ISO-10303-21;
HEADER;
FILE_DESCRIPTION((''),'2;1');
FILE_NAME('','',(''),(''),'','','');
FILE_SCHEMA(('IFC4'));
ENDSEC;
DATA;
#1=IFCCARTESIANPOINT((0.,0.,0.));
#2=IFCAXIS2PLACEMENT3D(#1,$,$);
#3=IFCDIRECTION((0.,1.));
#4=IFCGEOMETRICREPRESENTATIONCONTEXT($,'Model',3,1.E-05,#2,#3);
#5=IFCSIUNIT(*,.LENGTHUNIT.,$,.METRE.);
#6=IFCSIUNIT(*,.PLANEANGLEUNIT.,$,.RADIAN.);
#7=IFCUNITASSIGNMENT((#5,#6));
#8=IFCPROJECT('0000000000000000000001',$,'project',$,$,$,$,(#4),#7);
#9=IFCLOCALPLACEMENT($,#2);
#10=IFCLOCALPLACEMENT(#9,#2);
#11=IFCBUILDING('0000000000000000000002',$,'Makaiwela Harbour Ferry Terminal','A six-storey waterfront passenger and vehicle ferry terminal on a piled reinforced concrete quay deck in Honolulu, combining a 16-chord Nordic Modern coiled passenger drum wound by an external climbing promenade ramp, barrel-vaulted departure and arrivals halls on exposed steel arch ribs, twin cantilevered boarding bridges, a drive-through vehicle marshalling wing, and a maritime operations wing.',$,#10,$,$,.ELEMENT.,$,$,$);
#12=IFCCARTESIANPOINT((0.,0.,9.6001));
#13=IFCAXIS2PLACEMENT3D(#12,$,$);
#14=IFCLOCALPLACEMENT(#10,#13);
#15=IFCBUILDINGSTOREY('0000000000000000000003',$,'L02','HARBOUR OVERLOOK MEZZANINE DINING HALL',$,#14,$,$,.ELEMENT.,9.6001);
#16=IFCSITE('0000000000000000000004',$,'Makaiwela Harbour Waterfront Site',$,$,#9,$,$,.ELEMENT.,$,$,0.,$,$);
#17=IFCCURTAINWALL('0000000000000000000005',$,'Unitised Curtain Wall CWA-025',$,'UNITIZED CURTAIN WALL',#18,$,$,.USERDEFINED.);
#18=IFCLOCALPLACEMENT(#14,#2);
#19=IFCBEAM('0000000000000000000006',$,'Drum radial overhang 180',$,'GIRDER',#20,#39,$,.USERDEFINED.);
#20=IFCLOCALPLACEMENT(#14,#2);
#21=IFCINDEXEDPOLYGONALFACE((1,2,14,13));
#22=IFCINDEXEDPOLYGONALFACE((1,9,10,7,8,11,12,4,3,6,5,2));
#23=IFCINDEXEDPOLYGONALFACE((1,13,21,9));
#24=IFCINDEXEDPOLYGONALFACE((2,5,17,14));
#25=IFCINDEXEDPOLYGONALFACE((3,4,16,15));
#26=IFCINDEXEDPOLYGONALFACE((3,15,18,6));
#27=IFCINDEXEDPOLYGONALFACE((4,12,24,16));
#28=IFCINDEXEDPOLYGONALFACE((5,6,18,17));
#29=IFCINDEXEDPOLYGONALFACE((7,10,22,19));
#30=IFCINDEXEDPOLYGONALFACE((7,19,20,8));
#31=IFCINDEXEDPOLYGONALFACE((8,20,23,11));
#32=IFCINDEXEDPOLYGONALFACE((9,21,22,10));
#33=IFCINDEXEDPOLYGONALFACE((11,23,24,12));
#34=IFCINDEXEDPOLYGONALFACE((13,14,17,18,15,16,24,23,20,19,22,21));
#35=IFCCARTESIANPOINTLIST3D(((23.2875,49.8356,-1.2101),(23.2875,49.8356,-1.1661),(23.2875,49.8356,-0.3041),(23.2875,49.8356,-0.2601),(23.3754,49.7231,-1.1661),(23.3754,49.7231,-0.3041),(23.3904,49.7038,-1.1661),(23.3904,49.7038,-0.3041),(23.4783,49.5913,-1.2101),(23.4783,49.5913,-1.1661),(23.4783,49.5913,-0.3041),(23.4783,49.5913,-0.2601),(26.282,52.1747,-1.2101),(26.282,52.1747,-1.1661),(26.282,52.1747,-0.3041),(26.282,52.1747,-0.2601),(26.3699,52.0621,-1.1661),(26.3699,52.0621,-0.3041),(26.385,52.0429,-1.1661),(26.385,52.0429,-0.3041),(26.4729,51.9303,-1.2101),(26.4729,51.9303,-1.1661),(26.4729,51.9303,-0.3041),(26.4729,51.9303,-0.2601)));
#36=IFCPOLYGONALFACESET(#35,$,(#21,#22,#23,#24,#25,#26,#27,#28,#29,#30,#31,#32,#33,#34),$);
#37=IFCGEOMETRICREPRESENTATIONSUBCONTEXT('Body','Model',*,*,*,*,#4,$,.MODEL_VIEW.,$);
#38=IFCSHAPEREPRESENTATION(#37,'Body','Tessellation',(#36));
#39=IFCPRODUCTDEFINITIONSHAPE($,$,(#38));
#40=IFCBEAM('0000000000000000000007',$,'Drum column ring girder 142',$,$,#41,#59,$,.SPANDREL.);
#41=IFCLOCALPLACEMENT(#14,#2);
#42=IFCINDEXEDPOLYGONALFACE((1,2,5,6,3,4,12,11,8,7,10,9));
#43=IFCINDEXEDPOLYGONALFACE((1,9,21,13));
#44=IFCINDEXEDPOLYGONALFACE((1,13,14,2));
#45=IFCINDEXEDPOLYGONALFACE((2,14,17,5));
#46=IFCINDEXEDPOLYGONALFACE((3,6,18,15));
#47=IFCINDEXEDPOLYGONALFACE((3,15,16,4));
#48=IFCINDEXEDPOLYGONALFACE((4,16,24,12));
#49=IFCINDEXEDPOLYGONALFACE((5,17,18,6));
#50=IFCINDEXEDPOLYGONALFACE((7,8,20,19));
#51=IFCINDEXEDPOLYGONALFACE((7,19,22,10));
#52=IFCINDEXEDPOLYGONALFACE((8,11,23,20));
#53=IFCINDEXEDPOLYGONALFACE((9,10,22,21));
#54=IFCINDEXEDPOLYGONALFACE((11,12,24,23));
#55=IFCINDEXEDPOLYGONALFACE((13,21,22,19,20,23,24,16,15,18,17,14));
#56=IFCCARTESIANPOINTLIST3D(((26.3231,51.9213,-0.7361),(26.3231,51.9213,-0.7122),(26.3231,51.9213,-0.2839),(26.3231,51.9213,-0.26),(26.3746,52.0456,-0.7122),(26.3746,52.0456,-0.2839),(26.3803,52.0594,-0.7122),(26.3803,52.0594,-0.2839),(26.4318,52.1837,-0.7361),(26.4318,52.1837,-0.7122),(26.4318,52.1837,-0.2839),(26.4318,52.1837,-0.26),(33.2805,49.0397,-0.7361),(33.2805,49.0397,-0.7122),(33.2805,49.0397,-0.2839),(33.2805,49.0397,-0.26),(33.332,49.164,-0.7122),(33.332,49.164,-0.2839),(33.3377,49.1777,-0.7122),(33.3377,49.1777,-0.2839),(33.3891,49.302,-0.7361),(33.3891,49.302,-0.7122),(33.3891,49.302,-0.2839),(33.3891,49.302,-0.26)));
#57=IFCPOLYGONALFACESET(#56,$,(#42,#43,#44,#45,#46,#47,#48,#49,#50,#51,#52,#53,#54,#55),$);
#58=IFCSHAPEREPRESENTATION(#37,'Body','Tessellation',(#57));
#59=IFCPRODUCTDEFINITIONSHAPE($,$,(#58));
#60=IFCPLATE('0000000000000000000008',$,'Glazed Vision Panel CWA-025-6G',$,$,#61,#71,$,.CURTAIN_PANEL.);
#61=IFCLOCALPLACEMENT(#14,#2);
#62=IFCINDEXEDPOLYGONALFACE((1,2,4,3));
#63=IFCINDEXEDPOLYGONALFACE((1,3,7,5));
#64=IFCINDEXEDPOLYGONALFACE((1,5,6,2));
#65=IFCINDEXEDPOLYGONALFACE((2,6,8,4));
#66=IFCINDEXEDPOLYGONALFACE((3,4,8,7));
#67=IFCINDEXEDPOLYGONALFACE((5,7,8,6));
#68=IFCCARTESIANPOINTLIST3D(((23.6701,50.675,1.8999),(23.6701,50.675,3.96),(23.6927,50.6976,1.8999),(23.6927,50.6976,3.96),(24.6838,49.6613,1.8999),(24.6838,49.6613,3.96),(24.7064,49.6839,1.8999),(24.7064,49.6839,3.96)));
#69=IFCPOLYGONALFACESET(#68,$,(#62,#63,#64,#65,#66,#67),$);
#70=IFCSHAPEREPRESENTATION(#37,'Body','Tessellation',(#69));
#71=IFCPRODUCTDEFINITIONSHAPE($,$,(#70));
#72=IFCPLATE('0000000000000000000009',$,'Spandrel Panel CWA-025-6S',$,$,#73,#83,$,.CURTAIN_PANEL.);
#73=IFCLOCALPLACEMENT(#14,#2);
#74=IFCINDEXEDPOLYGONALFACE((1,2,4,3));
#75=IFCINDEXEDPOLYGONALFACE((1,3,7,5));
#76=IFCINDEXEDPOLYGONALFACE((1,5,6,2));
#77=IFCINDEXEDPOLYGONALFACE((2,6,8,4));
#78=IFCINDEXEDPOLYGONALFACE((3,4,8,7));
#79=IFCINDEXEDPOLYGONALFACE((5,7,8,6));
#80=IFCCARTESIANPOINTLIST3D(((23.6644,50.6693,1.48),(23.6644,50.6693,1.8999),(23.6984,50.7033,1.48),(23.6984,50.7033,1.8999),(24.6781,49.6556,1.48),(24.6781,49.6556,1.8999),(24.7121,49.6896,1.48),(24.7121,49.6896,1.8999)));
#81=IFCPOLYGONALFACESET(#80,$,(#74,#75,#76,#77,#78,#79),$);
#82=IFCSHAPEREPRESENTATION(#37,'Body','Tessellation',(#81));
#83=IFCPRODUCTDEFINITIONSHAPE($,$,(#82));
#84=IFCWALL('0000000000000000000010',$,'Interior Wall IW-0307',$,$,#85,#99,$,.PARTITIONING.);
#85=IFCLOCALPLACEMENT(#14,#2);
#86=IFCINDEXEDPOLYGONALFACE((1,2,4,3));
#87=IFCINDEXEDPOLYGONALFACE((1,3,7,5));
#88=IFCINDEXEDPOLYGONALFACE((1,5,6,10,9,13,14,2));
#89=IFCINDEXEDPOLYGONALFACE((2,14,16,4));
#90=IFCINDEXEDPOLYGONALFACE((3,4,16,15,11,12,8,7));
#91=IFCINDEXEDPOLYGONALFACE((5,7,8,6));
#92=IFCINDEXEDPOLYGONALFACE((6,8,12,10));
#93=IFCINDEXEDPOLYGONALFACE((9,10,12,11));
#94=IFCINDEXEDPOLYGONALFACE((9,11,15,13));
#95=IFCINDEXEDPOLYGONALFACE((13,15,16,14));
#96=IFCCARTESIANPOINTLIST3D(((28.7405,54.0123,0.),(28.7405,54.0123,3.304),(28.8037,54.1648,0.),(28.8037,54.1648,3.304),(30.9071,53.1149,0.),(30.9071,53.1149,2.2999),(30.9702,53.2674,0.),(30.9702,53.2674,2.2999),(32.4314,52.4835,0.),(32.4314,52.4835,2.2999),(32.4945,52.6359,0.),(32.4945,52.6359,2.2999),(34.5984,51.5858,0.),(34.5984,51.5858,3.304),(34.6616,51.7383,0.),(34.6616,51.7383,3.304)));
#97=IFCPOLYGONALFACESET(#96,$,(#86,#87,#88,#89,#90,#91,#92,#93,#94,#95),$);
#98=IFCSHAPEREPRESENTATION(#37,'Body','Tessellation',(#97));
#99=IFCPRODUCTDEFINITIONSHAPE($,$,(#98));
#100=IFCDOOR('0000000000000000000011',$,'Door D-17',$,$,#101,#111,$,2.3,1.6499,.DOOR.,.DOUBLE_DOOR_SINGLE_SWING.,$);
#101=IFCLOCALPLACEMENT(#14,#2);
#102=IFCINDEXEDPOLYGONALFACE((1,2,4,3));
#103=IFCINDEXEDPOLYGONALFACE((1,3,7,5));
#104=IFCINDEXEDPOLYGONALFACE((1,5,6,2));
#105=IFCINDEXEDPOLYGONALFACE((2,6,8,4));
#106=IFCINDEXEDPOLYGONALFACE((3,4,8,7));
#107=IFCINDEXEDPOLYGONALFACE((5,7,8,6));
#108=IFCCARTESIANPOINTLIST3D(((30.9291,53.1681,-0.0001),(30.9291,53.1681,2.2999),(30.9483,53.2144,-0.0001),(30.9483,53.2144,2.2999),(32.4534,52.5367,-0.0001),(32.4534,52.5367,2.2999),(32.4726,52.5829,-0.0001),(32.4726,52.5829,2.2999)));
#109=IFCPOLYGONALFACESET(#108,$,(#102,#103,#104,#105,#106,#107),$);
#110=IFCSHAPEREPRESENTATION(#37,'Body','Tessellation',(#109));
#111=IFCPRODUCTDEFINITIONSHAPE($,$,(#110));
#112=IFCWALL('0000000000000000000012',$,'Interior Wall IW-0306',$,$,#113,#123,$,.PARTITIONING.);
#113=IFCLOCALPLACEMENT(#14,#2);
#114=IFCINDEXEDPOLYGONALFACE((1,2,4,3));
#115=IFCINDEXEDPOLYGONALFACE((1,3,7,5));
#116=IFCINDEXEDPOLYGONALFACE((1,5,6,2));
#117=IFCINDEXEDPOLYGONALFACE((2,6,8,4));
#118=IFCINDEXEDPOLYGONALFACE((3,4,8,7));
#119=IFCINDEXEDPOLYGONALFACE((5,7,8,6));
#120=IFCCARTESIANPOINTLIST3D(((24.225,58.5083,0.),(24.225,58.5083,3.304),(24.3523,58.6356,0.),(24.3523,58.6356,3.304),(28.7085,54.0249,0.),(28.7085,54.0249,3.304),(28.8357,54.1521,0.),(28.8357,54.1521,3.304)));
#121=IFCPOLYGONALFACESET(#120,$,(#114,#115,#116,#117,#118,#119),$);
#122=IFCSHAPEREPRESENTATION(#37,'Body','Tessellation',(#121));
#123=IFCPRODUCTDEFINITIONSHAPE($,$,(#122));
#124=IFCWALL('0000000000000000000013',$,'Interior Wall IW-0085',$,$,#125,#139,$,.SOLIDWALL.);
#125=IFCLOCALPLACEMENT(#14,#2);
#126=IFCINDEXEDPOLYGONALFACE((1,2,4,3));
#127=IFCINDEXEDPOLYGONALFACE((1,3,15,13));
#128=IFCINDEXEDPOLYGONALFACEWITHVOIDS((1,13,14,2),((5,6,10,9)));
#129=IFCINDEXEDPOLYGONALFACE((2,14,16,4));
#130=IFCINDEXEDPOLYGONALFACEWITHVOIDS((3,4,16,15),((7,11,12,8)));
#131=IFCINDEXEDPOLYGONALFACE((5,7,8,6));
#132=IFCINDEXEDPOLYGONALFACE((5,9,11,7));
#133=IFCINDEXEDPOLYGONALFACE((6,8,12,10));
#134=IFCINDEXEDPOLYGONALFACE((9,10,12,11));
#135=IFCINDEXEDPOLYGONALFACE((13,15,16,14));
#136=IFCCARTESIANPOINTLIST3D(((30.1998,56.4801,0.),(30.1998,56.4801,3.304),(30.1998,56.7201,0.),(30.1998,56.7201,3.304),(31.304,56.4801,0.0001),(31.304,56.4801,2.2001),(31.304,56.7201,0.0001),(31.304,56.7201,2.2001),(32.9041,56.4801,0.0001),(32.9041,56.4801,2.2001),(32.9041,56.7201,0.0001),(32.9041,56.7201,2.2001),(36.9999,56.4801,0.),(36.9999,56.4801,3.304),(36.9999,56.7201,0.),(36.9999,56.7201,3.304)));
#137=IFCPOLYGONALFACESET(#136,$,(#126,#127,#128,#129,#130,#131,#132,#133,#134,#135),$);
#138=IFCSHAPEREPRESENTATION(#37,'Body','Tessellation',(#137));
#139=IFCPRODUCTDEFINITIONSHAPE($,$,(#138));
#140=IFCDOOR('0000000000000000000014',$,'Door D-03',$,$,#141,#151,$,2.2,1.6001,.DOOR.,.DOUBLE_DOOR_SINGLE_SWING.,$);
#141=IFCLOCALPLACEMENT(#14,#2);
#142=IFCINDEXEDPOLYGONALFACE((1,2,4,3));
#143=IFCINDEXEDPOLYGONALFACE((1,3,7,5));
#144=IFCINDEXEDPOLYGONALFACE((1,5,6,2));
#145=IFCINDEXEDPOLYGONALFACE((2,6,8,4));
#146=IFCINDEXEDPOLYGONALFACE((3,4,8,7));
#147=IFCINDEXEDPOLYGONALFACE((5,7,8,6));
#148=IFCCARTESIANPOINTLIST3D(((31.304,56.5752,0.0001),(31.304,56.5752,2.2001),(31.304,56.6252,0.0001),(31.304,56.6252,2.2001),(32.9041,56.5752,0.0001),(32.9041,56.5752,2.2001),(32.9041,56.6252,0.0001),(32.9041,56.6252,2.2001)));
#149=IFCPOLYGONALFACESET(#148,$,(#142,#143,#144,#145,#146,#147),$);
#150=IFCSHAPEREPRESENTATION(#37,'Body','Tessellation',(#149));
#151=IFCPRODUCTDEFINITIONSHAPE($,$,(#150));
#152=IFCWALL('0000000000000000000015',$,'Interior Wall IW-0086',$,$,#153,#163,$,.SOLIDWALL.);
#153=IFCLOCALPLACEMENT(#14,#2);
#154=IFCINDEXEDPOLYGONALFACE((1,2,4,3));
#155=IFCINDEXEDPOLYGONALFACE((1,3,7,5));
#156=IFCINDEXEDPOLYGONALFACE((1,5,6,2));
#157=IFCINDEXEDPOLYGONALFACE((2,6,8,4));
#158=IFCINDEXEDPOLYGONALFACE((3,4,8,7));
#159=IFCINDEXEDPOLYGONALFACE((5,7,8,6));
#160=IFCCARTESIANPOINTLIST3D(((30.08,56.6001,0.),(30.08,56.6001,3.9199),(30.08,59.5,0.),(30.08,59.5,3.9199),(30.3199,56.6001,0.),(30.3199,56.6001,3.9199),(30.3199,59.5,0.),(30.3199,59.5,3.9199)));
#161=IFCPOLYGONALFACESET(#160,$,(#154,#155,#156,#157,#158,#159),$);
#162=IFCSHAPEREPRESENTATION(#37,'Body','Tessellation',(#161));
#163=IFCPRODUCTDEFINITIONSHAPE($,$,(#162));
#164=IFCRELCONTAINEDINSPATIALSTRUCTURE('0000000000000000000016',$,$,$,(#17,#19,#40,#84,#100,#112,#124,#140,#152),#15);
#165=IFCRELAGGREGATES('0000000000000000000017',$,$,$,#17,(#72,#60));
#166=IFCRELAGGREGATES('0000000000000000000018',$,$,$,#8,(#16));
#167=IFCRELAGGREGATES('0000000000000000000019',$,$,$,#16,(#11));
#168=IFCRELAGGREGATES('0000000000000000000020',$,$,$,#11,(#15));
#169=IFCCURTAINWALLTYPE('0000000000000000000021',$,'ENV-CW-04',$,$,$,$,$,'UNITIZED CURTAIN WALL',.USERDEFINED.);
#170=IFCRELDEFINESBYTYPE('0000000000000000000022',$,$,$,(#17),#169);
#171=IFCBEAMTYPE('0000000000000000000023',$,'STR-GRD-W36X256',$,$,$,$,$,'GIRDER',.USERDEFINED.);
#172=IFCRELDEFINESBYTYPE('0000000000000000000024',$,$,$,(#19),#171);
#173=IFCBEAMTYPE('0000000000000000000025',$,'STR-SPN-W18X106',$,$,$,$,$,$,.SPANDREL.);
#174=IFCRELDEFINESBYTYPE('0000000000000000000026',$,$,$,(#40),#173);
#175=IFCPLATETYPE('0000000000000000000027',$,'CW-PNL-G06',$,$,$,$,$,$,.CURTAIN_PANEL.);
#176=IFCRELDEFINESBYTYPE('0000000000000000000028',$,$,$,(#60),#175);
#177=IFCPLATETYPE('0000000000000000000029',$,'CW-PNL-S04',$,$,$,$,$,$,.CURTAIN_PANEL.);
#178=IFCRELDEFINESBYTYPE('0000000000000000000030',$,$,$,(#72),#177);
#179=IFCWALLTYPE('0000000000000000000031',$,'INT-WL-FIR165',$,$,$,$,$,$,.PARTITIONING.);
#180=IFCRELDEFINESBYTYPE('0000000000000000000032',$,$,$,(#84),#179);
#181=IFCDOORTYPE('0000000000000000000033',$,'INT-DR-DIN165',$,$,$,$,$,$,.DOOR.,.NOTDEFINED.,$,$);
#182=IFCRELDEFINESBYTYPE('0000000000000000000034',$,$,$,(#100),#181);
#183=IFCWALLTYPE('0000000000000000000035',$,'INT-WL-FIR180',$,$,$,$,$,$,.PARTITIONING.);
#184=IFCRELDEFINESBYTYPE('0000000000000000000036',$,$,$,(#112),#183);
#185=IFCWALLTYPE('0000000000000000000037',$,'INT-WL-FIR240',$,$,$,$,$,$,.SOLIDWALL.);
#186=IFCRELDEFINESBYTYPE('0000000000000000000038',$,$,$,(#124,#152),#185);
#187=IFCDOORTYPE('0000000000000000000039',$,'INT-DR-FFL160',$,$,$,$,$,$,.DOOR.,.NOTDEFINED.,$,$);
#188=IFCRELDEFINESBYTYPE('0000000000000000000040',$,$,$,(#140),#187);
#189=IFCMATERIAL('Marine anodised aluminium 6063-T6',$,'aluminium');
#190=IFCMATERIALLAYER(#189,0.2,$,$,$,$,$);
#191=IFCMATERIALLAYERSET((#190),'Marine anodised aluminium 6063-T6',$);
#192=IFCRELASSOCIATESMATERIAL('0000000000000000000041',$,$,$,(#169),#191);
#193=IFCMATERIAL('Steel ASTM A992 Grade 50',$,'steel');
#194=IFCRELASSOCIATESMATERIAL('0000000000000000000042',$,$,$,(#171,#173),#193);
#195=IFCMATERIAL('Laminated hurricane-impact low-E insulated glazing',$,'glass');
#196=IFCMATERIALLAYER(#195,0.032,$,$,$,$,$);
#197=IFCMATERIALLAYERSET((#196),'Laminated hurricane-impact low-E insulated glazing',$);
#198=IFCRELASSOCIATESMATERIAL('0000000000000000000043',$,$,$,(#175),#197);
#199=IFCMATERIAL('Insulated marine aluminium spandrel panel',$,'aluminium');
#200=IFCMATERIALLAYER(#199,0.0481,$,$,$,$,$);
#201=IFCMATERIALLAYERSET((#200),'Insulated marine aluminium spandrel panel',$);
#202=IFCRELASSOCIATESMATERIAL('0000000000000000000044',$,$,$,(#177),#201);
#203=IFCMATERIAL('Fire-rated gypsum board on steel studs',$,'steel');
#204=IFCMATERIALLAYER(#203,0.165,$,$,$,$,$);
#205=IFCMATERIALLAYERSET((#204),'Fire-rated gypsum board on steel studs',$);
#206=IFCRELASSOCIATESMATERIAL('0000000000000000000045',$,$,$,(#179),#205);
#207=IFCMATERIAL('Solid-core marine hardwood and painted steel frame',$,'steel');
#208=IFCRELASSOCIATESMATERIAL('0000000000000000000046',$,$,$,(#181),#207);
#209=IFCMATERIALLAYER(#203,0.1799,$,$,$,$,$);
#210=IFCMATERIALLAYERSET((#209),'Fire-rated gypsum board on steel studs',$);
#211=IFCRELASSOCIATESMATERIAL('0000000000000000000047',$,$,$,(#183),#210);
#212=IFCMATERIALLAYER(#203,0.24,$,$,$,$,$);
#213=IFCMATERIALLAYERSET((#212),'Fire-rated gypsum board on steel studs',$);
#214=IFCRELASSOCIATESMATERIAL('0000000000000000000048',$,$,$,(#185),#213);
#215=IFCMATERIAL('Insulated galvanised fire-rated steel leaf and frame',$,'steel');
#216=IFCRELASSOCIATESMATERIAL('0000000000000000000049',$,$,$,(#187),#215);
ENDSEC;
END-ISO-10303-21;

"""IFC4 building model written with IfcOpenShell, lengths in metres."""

from ifc_helpers import new_model, si_unit, direction, frame, frame_2d, origin, origin_2d, place, context, subcontext, project, spatial, rectangle, i_section, extrude, material, layer, layer_set, material_profile, profile_set, type_object, element, fill, aggregate, save


model = new_model("IFC4")

# Units and contexts
model_context = context("Model", 3, precision=1e-05, world=origin(), true_north=direction((0.0, 1.0)))
body_context = subcontext(model_context, "Body", "Model", "MODEL_VIEW")
ifc_project = project(units=[si_unit("LENGTHUNIT", "METRE"), si_unit("PLANEANGLEUNIT", "RADIAN")], contexts=[model_context])

# Site, building, storey
site_placement = place(None, origin())
site = spatial("IfcSite", under=ifc_project, at=site_placement, Name="Makaiwela Harbour Waterfront Site", CompositionType="ELEMENT", RefElevation=0.0)
building_placement = place(site_placement, origin())
building = spatial("IfcBuilding", under=site, at=building_placement, Name="Makaiwela Harbour Ferry Terminal", Description="A six-storey waterfront passenger and vehicle ferry terminal on a piled reinforced concrete quay deck in Honolulu, combining a 16-chord Nordic Modern coiled passenger drum wound by an external climbing promenade ramp, barrel-vaulted departure and arrivals halls on exposed steel arch ribs, twin cantilevered boarding bridges, a drive-through vehicle marshalling wing, and a maritime operations wing.", CompositionType="ELEMENT")
storey_placement = place(building_placement, frame((0.0, 0.0, 9.6001)))
storey = spatial("IfcBuildingStorey", under=building, at=storey_placement, Name="L02", Description="HARBOUR OVERLOOK MEZZANINE DINING HALL", CompositionType="ELEMENT", Elevation=9.6001)

# Shared definitions
ifc_material_1 = material(Name="Steel ASTM A992 Grade 50", Category="steel")

# Curtain wall
ifc_material_2 = material(Name="Marine anodised aluminium 6063-T6", Category="aluminium")
ifc_layer_1 = layer(ifc_material_2, 0.2)
ifc_layer_set_1 = layer_set([ifc_layer_1], Name="Marine anodised aluminium 6063-T6")
curtain_wall_type = type_object("IfcCurtainWallType", Name="ENV-CW-04", ElementType="UNITIZED CURTAIN WALL", PredefinedType="USERDEFINED", material=ifc_layer_set_1)
curtain_wall_1_placement = place(storey_placement, origin())
curtain_wall_1 = element("IfcCurtainWall", 1, at=curtain_wall_1_placement, inside=storey, type_object=curtain_wall_type, Name="Unitised Curtain Wall CWA-025", ObjectType="UNITIZED CURTAIN WALL", PredefinedType="USERDEFINED")

# Beams
ifc_material_profile_1 = material_profile(ifc_material_1, i_section(OverallWidth=0.3101, OverallDepth=0.95, WebThickness=0.0244, FlangeThickness=0.0439, at=origin_2d()), Name="W36X256")
ifc_profile_set_1 = profile_set([ifc_material_profile_1], Name="Steel ASTM A992 Grade 50")
beam_type_1 = type_object("IfcBeamType", Name="STR-GRD-W36X256", ElementType="GIRDER", PredefinedType="USERDEFINED", material=ifc_profile_set_1)
beam_1_placement = place(storey_placement, frame((26.3774, 52.0525, -0.7351), z_axis=(-0.788081, -0.615572, 0.0), x_axis=(0.615572, -0.788081, 0.0)))
element("IfcBeam", 2, at=beam_1_placement, inside=storey, type_object=beam_type_1, Name="Drum radial overhang 180", ObjectType="GIRDER", PredefinedType="USERDEFINED", context=body_context, shape_type="SweptSolid", body=[
    extrude(i_section(OverallWidth=0.3101, OverallDepth=0.95, WebThickness=0.0244, FlangeThickness=0.0439, at=origin_2d()), origin(), (0.0, 0.0, 1.0), 3.7998),
])
ifc_material_profile_2 = material_profile(ifc_material_1, i_section(OverallWidth=0.2839, OverallDepth=0.4761, WebThickness=0.0149, FlangeThickness=0.0239, at=origin_2d()), Name="W18X106")
ifc_profile_set_2 = profile_set([ifc_material_profile_2], Name="Steel ASTM A992 Grade 50")
beam_type_2 = type_object("IfcBeamType", Name="STR-SPN-W18X106", PredefinedType="SPANDREL", material=ifc_profile_set_2)
beam_2_placement = place(storey_placement, frame((26.3774, 52.0525, -0.498), z_axis=(0.923889, -0.38266, 0.0), x_axis=(0.38266, 0.923889, 0.0)))
element("IfcBeam", 3, at=beam_2_placement, inside=storey, type_object=beam_type_2, Name="Drum column ring girder 142", PredefinedType="SPANDREL", context=body_context, shape_type="SweptSolid", body=[
    extrude(i_section(OverallWidth=0.2839, OverallDepth=0.4761, WebThickness=0.0149, FlangeThickness=0.0239, at=origin_2d()), origin(), (0.0, 0.0, 1.0), 7.5305),
])

# Plates
ifc_material_3 = material(Name="Laminated hurricane-impact low-E insulated glazing", Category="glass")
ifc_layer_2 = layer(ifc_material_3, 0.032)
ifc_layer_set_2 = layer_set([ifc_layer_2], Name="Laminated hurricane-impact low-E insulated glazing")
plate_type_1 = type_object("IfcPlateType", Name="CW-PNL-G06", PredefinedType="CURTAIN_PANEL", material=ifc_layer_set_2)
plate_1_placement = place(storey_placement, frame((24.1882, 50.1794, 1.8999), z_axis=(0.0, 0.0, 1.0), x_axis=(0.707107, -0.707107, 0.0)))
plate_1 = element("IfcPlate", 4, at=plate_1_placement, type_object=plate_type_1, Name="Glazed Vision Panel CWA-025-6G", PredefinedType="CURTAIN_PANEL", context=body_context, shape_type="SweptSolid", body=[
    extrude(rectangle(XDim=1.4336, YDim=0.032, at=origin_2d()), origin(), (0.0, 0.0, 1.0), 2.0601),
])
ifc_material_4 = material(Name="Insulated marine aluminium spandrel panel", Category="aluminium")
ifc_layer_3 = layer(ifc_material_4, 0.0481)
ifc_layer_set_3 = layer_set([ifc_layer_3], Name="Insulated marine aluminium spandrel panel")
plate_type_2 = type_object("IfcPlateType", Name="CW-PNL-S04", PredefinedType="CURTAIN_PANEL", material=ifc_layer_set_3)
plate_2_placement = place(storey_placement, frame((24.1882, 50.1794, 1.48), z_axis=(0.0, 0.0, 1.0), x_axis=(0.707107, -0.707107, 0.0)))
plate_2 = element("IfcPlate", 5, at=plate_2_placement, type_object=plate_type_2, Name="Spandrel Panel CWA-025-6S", PredefinedType="CURTAIN_PANEL", context=body_context, shape_type="SweptSolid", body=[
    extrude(rectangle(XDim=1.4336, YDim=0.0481, at=origin_2d()), origin(), (0.0, 0.0, 1.0), 0.4199),
])
aggregate(curtain_wall_1, [plate_2, plate_1])

# Wall, opening, door
ifc_material_5 = material(Name="Fire-rated gypsum board on steel studs", Category="steel")
ifc_layer_4 = layer(ifc_material_5, 0.165)
ifc_layer_set_4 = layer_set([ifc_layer_4], Name="Fire-rated gypsum board on steel studs")
wall_type_1 = type_object("IfcWallType", Name="INT-WL-FIR165", PredefinedType="PARTITIONING", material=ifc_layer_set_4)
wall_1_placement = place(storey_placement, frame((28.772, 54.0886, 0.0), z_axis=(0.0, 0.0, 1.0), x_axis=(0.923875, -0.382695, 0.0)))
wall_1 = element("IfcWall", 6, at=wall_1_placement, inside=storey, type_object=wall_type_1, Name="Interior Wall IW-0307", PredefinedType="PARTITIONING", context=body_context, shape_type="SweptSolid", body=[
    extrude(rectangle(XDim=6.3406, YDim=0.165, at=frame_2d((3.1704, 0.0))), origin(), (0.0, 0.0, 1.0), 3.304),
])
opening_1_placement = place(wall_1_placement, frame((2.3452, 0.0, 0.0)))
opening_1 = element("IfcOpeningElement", 7, at=opening_1_placement, cuts=wall_1, PredefinedType="OPENING", context=body_context, shape_type="SweptSolid", body=[
    extrude(rectangle(XDim=1.6499, YDim=2.3, at=frame_2d((0.825, 1.1499))), frame((0.0, 0.0925, 0.0), z_axis=(0.0, -1.0, 0.0), x_axis=(1.0, 0.0, 0.0)), (0.0, 0.0, 1.0), 0.1851),
])
ifc_material_6 = material(Name="Solid-core marine hardwood and painted steel frame", Category="steel")
door_type_1 = type_object("IfcDoorType", Name="INT-DR-DIN165", OperationType="NOTDEFINED", PredefinedType="DOOR", material=ifc_material_6)
door_1_placement = place(opening_1_placement, frame((1.6499, 0.0, 0.0), z_axis=(0.0, 0.0, 1.0), x_axis=(-1.0, 0.0, 0.0)))
door_1 = element("IfcDoor", 8, at=door_1_placement, inside=storey, type_object=door_type_1, Name="Door D-17", OperationType="DOUBLE_DOOR_SINGLE_SWING", OverallHeight=2.3, OverallWidth=1.6499, PredefinedType="DOOR", context=body_context, shape_type="SweptSolid", body=[
    extrude(rectangle(XDim=1.6499, YDim=2.3, at=frame_2d((0.825, 1.1499))), frame((0.0, 0.0249, 0.0), z_axis=(0.0, -1.0, 0.0), x_axis=(1.0, 0.0, 0.0)), (0.0, 0.0, 1.0), 0.05),
])
fill(opening_1, door_1)

# Wall
ifc_layer_5 = layer(ifc_material_5, 0.1799)
ifc_layer_set_5 = layer_set([ifc_layer_5], Name="Fire-rated gypsum board on steel studs")
wall_type_2 = type_object("IfcWallType", Name="INT-WL-FIR180", PredefinedType="PARTITIONING", material=ifc_layer_set_5)
wall_2_placement = place(storey_placement, frame((24.2886, 58.572, 0.0), z_axis=(0.0, 0.0, 1.0), x_axis=(0.707107, -0.707107, 0.0)))
element("IfcWall", 9, at=wall_2_placement, inside=storey, type_object=wall_type_2, Name="Interior Wall IW-0306", PredefinedType="PARTITIONING", context=body_context, shape_type="SweptSolid", body=[
    extrude(rectangle(XDim=6.3406, YDim=0.1799, at=frame_2d((3.1704, 0.0))), origin(), (0.0, 0.0, 1.0), 3.304),
])

# Wall, opening, door
ifc_layer_6 = layer(ifc_material_5, 0.24)
ifc_layer_set_6 = layer_set([ifc_layer_6], Name="Fire-rated gypsum board on steel studs")
wall_type_3 = type_object("IfcWallType", Name="INT-WL-FIR240", PredefinedType="SOLIDWALL", material=ifc_layer_set_6)
wall_3_placement = place(storey_placement, frame((30.2, 56.6001, 0.0), z_axis=(0.0, 0.0, 1.0), x_axis=(1.0, 0.0, 0.0)))
wall_3 = element("IfcWall", 10, at=wall_3_placement, inside=storey, type_object=wall_type_3, Name="Interior Wall IW-0085", PredefinedType="SOLIDWALL", context=body_context, shape_type="SweptSolid", body=[
    extrude(rectangle(XDim=6.8, YDim=0.24, at=frame_2d((3.3999, 0.0))), origin(), (0.0, 0.0, 1.0), 3.304),
])
opening_2_placement = place(wall_3_placement, frame((1.104, 0.0, 0.0)))
opening_2 = element("IfcOpeningElement", 11, at=opening_2_placement, cuts=wall_3, PredefinedType="OPENING", context=body_context, shape_type="SweptSolid", body=[
    extrude(rectangle(XDim=1.6001, YDim=2.2, at=frame_2d((0.8, 1.1001))), frame((0.0, 0.1299, 0.0), z_axis=(0.0, -1.0, 0.0), x_axis=(1.0, 0.0, 0.0)), (0.0, 0.0, 1.0), 0.26),
])
ifc_material_7 = material(Name="Insulated galvanised fire-rated steel leaf and frame", Category="steel")
door_type_2 = type_object("IfcDoorType", Name="INT-DR-FFL160", OperationType="NOTDEFINED", PredefinedType="DOOR", material=ifc_material_7)
door_2_placement = place(opening_2_placement, frame((1.6001, 0.0, 0.0), z_axis=(0.0, 0.0, 1.0), x_axis=(-1.0, 0.0, 0.0)))
door_2 = element("IfcDoor", 12, at=door_2_placement, inside=storey, type_object=door_type_2, Name="Door D-03", OperationType="DOUBLE_DOOR_SINGLE_SWING", OverallHeight=2.2, OverallWidth=1.6001, PredefinedType="DOOR", context=body_context, shape_type="SweptSolid", body=[
    extrude(rectangle(XDim=1.6001, YDim=2.2, at=frame_2d((0.8, 1.1001))), frame((0.0, 0.0249, 0.0), z_axis=(0.0, -1.0, 0.0), x_axis=(1.0, 0.0, 0.0)), (0.0, 0.0, 1.0), 0.05),
])
fill(opening_2, door_2)

# Wall
wall_4_placement = place(storey_placement, frame((30.2, 59.5, 0.0), z_axis=(0.0, 0.0, 1.0), x_axis=(0.0, -1.0, 0.0)))
element("IfcWall", 13, at=wall_4_placement, inside=storey, type_object=wall_type_3, Name="Interior Wall IW-0086", PredefinedType="SOLIDWALL", context=body_context, shape_type="SweptSolid", body=[
    extrude(rectangle(XDim=2.8999, YDim=0.24, at=frame_2d((1.45, 0.0))), origin(), (0.0, 0.0, 1.0), 3.9199),
])

save(model, "model.ifc")
